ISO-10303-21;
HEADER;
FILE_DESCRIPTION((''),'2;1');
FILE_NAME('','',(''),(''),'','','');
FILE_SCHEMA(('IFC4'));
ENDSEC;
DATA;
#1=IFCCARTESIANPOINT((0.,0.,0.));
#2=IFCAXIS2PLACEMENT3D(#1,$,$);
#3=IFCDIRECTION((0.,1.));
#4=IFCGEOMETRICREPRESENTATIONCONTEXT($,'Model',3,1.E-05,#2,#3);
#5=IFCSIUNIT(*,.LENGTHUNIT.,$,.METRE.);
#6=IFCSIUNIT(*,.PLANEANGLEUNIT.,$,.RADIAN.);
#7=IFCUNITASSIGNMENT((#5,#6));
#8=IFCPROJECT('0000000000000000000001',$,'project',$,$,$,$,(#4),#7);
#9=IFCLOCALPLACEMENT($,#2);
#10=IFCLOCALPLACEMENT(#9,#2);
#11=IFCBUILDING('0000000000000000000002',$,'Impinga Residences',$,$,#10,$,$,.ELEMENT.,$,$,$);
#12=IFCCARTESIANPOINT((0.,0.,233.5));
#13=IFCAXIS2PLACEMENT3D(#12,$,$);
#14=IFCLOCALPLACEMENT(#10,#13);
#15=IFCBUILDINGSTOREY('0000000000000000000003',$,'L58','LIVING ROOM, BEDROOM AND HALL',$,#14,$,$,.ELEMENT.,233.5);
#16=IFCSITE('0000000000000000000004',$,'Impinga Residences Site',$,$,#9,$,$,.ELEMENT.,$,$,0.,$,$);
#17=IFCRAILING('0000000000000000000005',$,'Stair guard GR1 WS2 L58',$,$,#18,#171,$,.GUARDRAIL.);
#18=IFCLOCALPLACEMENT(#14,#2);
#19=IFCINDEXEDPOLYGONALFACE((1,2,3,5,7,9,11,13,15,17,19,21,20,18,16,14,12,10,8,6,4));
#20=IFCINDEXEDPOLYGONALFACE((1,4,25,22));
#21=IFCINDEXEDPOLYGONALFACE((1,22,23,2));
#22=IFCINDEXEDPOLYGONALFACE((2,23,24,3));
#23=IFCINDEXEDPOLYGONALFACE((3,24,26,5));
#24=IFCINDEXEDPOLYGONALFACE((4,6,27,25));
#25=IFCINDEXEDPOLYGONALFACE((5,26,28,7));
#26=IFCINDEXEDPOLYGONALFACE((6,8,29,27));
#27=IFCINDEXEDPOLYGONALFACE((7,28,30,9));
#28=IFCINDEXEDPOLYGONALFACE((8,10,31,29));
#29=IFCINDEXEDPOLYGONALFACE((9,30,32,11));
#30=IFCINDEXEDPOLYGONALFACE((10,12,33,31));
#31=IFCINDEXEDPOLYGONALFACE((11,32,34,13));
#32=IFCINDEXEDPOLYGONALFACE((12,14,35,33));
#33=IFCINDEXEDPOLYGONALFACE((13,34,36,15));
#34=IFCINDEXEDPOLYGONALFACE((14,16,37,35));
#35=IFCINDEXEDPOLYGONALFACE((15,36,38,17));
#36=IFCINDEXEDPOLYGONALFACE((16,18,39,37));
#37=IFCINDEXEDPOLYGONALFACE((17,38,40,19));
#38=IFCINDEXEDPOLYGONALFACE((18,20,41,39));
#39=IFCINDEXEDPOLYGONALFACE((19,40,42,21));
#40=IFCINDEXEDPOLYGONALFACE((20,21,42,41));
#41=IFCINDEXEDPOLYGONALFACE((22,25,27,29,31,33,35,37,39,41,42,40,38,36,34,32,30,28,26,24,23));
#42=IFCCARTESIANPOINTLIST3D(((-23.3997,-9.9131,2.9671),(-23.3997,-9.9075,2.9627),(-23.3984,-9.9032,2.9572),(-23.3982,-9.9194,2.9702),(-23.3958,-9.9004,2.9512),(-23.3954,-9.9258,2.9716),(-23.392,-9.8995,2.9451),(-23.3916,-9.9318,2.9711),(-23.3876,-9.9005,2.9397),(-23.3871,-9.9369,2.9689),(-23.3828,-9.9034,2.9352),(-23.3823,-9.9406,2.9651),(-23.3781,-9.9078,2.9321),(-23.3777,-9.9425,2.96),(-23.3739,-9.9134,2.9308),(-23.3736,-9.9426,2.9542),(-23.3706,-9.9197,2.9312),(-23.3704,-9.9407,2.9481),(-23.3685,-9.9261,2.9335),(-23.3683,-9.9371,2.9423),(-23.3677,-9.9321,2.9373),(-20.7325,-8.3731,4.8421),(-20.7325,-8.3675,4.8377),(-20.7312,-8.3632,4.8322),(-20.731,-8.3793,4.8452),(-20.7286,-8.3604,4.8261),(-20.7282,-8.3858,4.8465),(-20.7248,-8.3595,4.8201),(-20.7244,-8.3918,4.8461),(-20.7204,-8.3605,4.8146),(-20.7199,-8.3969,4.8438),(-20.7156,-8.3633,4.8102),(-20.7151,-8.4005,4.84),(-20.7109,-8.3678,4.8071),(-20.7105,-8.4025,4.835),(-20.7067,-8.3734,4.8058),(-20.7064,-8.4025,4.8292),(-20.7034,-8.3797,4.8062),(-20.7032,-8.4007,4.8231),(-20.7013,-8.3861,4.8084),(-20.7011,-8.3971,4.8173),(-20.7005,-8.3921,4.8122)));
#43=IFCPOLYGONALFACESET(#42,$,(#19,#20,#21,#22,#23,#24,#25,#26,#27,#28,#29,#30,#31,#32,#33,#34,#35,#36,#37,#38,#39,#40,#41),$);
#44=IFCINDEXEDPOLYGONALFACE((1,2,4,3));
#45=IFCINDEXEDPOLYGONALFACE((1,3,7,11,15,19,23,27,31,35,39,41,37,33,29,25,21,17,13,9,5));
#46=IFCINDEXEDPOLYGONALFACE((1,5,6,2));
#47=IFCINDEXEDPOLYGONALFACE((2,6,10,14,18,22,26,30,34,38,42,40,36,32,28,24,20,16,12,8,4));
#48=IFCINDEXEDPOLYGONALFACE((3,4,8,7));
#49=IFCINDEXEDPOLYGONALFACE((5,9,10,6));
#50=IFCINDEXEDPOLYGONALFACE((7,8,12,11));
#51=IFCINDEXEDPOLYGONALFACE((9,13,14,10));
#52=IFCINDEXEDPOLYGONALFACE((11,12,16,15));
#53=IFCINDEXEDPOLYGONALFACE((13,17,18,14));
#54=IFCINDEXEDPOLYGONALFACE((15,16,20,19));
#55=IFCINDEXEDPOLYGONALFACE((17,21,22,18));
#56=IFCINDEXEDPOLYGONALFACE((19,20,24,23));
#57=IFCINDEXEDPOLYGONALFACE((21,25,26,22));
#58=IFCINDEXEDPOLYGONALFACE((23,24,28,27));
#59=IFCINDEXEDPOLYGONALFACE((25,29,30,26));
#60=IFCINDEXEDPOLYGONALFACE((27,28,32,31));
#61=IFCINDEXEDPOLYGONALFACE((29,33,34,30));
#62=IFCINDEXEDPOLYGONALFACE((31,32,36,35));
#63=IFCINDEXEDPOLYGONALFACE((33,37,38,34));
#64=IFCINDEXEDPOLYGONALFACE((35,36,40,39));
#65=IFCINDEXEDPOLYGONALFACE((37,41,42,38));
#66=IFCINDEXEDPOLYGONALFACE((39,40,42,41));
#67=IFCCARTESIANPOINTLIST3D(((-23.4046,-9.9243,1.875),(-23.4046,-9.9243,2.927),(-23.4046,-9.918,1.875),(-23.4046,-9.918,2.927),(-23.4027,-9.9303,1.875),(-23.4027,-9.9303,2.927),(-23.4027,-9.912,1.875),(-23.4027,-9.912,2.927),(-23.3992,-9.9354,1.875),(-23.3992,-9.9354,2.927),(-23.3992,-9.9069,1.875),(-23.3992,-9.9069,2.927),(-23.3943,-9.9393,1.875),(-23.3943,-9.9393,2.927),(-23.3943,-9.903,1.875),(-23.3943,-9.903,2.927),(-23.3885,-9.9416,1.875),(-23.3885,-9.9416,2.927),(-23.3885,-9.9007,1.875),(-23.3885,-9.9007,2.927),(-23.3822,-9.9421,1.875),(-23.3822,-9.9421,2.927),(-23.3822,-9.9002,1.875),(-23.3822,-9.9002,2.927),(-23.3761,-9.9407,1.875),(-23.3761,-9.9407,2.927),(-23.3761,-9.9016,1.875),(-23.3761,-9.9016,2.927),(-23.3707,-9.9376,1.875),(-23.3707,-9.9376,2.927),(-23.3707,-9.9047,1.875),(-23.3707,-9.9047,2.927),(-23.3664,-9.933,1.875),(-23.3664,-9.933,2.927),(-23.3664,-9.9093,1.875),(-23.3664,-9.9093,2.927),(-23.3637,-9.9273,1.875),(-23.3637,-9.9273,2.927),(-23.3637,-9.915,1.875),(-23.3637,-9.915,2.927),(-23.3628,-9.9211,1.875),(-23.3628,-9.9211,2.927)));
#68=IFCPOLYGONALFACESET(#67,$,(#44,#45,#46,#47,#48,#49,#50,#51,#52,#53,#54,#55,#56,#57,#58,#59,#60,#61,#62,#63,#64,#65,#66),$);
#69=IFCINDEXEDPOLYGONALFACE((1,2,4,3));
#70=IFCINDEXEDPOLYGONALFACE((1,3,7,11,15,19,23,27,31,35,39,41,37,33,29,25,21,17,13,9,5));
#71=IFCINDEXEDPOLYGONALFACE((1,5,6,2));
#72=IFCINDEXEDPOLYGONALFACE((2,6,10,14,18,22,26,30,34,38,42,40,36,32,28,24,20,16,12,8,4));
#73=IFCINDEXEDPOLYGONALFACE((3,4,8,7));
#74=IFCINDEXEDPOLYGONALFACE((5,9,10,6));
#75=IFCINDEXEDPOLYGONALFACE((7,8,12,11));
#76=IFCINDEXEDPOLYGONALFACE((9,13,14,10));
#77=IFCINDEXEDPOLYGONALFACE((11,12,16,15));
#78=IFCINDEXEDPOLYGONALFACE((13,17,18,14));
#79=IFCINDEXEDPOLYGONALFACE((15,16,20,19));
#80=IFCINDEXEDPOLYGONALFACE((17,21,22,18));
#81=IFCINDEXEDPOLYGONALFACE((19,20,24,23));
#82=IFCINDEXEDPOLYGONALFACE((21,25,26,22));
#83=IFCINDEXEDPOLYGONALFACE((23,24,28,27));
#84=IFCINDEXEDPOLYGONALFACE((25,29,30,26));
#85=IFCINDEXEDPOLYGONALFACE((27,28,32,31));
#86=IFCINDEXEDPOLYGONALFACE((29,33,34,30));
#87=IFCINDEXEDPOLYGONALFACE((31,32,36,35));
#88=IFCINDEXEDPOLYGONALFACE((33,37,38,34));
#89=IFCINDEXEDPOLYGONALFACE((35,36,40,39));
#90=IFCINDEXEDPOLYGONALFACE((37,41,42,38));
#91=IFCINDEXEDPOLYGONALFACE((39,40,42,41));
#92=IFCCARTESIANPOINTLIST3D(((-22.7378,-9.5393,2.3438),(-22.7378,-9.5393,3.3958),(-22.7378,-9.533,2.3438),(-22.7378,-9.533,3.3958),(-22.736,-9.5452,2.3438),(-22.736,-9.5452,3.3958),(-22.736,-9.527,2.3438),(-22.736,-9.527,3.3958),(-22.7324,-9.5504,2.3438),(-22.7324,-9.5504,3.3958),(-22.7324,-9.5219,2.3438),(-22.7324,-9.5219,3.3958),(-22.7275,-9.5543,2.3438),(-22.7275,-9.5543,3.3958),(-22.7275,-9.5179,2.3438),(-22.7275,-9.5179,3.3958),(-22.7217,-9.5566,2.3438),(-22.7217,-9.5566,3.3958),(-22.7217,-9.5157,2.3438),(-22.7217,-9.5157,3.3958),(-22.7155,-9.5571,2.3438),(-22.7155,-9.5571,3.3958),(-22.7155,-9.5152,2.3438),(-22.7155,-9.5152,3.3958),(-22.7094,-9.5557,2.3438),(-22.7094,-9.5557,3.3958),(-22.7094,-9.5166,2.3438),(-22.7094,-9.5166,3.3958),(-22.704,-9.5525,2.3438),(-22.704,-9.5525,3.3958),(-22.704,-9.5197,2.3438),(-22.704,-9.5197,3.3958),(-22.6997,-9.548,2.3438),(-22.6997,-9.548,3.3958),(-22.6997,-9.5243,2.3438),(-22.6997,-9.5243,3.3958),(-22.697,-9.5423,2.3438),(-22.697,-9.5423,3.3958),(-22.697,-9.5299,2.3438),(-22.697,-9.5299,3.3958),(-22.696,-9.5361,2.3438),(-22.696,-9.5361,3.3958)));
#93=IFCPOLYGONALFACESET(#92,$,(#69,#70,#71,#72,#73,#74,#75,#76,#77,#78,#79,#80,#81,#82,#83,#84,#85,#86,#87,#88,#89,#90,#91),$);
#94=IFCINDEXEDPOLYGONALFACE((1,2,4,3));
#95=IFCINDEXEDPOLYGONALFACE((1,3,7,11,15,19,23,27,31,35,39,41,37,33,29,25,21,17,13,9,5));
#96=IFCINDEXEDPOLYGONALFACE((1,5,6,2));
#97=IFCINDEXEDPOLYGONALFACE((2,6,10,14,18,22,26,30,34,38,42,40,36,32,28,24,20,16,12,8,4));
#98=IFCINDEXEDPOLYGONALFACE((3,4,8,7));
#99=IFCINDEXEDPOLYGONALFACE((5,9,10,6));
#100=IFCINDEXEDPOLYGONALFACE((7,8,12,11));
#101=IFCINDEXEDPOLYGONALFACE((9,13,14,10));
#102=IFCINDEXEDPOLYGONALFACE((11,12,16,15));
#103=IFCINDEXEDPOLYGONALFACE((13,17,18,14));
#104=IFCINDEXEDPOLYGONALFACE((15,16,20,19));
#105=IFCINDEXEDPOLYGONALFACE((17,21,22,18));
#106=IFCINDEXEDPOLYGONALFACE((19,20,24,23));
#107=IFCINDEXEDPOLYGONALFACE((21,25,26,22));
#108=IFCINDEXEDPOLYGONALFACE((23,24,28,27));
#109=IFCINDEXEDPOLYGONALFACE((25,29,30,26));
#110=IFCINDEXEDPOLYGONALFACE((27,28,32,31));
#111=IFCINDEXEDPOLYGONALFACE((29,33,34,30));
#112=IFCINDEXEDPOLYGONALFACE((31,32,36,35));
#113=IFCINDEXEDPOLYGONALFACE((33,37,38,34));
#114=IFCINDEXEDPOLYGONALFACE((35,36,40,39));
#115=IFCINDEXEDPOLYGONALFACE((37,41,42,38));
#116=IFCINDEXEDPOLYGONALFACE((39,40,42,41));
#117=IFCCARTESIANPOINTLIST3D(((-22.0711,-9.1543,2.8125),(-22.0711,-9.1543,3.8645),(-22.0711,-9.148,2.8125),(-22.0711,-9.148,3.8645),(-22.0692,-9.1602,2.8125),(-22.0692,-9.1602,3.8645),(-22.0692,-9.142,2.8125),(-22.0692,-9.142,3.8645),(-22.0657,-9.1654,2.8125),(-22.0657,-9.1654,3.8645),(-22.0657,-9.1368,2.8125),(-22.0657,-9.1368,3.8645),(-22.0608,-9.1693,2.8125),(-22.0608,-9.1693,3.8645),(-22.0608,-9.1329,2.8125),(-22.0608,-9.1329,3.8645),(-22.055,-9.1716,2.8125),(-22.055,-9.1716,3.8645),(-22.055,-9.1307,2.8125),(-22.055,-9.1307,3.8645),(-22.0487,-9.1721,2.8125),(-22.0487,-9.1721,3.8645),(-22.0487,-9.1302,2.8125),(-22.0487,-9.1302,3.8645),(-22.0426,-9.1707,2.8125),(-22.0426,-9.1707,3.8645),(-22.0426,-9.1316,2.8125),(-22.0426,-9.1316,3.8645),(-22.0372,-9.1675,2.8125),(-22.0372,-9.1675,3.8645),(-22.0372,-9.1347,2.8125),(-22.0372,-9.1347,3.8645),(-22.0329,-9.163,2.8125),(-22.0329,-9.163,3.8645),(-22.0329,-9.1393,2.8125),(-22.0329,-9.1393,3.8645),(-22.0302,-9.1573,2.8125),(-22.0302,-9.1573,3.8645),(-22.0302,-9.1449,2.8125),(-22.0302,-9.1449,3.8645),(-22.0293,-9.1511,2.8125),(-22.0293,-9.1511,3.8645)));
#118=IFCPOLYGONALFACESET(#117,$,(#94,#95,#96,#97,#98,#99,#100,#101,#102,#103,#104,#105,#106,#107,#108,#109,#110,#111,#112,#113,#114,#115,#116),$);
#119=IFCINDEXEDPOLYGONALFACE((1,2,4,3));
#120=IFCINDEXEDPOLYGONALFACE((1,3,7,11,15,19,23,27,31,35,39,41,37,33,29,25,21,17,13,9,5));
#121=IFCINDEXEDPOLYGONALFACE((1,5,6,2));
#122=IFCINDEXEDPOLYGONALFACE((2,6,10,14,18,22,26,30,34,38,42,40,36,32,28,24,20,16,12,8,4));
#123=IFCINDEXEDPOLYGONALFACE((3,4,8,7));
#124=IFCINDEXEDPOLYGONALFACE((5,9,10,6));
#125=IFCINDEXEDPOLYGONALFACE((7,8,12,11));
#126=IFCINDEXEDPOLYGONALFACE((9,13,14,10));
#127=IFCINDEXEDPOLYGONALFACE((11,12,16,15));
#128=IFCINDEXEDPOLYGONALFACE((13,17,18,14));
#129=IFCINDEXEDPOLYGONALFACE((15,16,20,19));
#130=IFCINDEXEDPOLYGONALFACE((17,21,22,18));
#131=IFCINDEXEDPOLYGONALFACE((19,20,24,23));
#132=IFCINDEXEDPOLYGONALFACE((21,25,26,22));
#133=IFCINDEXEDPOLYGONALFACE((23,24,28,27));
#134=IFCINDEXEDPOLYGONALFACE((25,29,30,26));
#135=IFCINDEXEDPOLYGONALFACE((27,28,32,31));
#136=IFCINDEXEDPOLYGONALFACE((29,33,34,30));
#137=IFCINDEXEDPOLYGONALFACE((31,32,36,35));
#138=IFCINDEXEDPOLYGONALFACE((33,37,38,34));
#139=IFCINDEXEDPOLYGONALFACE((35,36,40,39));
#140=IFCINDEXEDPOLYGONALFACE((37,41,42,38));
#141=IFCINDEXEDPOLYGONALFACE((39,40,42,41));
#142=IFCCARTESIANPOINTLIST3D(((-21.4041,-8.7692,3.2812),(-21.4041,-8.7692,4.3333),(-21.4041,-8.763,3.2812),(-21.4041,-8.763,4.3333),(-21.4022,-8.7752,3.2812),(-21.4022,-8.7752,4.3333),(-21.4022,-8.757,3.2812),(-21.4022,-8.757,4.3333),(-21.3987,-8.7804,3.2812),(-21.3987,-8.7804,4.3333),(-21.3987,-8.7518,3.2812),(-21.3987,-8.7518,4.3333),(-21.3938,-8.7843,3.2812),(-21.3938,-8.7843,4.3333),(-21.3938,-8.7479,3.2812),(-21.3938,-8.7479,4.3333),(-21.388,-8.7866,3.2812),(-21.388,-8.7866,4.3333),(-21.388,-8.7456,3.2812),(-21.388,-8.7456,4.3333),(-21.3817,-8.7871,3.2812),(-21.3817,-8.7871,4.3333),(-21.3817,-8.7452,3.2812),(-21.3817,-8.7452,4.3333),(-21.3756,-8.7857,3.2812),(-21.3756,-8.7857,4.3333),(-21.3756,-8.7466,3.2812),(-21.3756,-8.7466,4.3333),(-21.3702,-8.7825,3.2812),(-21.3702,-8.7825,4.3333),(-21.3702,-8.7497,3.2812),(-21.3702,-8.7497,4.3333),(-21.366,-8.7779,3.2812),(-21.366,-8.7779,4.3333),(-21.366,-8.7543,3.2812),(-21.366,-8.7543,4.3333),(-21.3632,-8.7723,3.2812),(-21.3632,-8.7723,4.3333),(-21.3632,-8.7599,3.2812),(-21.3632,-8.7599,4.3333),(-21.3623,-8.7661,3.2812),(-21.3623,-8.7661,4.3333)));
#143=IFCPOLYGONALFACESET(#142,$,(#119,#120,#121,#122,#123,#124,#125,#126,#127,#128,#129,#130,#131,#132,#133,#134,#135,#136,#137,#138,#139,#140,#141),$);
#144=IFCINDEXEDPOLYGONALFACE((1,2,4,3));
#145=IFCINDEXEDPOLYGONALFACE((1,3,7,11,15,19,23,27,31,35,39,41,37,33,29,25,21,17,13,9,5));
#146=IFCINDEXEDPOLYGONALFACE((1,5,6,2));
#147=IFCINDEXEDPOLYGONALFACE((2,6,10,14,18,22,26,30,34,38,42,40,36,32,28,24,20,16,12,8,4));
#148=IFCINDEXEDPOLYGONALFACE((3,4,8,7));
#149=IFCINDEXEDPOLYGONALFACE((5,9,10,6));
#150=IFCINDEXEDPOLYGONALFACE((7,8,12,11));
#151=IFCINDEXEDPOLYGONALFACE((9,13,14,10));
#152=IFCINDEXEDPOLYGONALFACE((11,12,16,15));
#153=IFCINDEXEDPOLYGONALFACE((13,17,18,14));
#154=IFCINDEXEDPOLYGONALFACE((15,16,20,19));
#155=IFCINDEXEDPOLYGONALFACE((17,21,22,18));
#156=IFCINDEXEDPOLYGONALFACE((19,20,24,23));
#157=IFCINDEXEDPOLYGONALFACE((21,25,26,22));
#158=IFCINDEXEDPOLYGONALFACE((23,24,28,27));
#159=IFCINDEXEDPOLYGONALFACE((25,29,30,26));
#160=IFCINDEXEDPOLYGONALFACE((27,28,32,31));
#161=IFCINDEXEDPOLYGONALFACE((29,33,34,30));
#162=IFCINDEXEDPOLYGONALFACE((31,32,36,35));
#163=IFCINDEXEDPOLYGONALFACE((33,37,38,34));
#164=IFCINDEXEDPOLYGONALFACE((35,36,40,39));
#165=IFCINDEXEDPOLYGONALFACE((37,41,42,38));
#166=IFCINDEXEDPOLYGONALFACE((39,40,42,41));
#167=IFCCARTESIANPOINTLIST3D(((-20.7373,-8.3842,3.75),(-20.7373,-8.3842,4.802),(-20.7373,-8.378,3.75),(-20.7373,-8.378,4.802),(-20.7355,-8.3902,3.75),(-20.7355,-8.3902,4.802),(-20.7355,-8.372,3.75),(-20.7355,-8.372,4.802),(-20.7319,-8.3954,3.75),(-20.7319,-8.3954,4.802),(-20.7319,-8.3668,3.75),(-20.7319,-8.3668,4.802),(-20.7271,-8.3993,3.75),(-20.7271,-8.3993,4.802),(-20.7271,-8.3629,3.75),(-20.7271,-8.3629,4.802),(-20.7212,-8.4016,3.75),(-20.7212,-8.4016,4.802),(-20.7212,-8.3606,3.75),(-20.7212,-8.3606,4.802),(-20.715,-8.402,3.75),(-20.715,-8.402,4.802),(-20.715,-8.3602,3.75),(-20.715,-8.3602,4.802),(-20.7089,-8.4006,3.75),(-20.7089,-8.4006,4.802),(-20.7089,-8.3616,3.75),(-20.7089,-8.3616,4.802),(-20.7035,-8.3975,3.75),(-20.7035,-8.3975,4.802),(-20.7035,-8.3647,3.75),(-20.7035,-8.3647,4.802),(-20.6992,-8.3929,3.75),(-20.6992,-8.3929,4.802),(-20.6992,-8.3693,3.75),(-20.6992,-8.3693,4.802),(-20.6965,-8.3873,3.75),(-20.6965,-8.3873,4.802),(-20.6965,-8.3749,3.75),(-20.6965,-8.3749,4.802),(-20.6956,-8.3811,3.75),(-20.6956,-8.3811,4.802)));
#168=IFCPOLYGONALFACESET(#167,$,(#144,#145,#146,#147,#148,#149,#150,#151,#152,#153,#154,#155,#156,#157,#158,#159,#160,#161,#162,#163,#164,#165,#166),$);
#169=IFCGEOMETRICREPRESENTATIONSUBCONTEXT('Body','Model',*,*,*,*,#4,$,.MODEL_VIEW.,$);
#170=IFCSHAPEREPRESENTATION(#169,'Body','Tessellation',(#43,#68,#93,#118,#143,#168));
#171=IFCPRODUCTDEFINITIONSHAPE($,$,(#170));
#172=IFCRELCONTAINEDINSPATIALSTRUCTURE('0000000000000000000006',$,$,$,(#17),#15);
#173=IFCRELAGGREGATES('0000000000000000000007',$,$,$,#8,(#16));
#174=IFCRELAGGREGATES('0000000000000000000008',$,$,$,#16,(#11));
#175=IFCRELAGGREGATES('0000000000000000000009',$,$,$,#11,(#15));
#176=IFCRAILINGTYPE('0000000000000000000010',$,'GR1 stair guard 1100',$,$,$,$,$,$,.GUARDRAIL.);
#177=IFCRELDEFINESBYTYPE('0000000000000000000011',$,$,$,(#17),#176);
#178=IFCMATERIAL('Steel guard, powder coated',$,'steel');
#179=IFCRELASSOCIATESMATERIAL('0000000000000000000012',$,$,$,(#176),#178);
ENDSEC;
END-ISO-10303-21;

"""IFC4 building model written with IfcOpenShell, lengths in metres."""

from ifc_helpers import new_model, si_unit, direction, frame, origin, origin_2d, place, context, subcontext, project, spatial, circle, extrude, material, type_object, element, save


model = new_model("IFC4")

# Units and contexts
model_context = context("Model", 3, precision=1e-05, world=origin(), true_north=direction((0.0, 1.0)))
body_context = subcontext(model_context, "Body", "Model", "MODEL_VIEW")
ifc_project = project(units=[si_unit("LENGTHUNIT", "METRE"), si_unit("PLANEANGLEUNIT", "RADIAN")], contexts=[model_context])

# Site, building, storey
site_placement = place(None, origin())
site = spatial("IfcSite", under=ifc_project, at=site_placement, Name="Impinga Residences Site", CompositionType="ELEMENT", RefElevation=0.0)
building_placement = place(site_placement, origin())
building = spatial("IfcBuilding", under=site, at=building_placement, Name="Impinga Residences", CompositionType="ELEMENT")
storey_placement = place(building_placement, frame((0.0, 0.0, 233.5)))
storey = spatial("IfcBuildingStorey", under=building, at=storey_placement, Name="L58", Description="LIVING ROOM, BEDROOM AND HALL", CompositionType="ELEMENT", Elevation=233.5)

# Railing
ifc_material_1 = material(Name="Steel guard, powder coated", Category="steel")
railing_type = type_object("IfcRailingType", Name="GR1 stair guard 1100", PredefinedType="GUARDRAIL", material=ifc_material_1)
railing_placement = place(storey_placement, frame((-23.3838, -9.9211, 1.875)))
element("IfcRailing", 1, at=railing_placement, inside=storey, type_object=railing_type, Name="Stair guard GR1 WS2 L58", PredefinedType="GUARDRAIL", context=body_context, shape_type="SweptSolid", body=[
    extrude(circle(Radius=0.0239, at=origin_2d()), frame((0.0, 0.0, 1.0762), z_axis=(0.739716, 0.427105, 0.520002), x_axis=(-0.500027, 0.86601, 0.0)), (0.0, 0.0, 1.0), 3.6057),
    extrude(circle(Radius=0.021, at=origin_2d()), origin(), (0.0, 0.0, 1.0), 1.052),
    extrude(circle(Radius=0.021, at=origin_2d()), frame((0.6667, 0.385, 0.4688)), (0.0, 0.0, 1.0), 1.052),
    extrude(circle(Radius=0.021, at=origin_2d()), frame((1.3335, 0.77, 0.9375)), (0.0, 0.0, 1.0), 1.052),
    extrude(circle(Radius=0.021, at=origin_2d()), frame((2.0005, 1.155, 1.4062)), (0.0, 0.0, 1.0), 1.052),
    extrude(circle(Radius=0.021, at=origin_2d()), frame((2.6672, 1.54, 1.875)), (0.0, 0.0, 1.0), 1.052),
])

save(model, "model.ifc")
